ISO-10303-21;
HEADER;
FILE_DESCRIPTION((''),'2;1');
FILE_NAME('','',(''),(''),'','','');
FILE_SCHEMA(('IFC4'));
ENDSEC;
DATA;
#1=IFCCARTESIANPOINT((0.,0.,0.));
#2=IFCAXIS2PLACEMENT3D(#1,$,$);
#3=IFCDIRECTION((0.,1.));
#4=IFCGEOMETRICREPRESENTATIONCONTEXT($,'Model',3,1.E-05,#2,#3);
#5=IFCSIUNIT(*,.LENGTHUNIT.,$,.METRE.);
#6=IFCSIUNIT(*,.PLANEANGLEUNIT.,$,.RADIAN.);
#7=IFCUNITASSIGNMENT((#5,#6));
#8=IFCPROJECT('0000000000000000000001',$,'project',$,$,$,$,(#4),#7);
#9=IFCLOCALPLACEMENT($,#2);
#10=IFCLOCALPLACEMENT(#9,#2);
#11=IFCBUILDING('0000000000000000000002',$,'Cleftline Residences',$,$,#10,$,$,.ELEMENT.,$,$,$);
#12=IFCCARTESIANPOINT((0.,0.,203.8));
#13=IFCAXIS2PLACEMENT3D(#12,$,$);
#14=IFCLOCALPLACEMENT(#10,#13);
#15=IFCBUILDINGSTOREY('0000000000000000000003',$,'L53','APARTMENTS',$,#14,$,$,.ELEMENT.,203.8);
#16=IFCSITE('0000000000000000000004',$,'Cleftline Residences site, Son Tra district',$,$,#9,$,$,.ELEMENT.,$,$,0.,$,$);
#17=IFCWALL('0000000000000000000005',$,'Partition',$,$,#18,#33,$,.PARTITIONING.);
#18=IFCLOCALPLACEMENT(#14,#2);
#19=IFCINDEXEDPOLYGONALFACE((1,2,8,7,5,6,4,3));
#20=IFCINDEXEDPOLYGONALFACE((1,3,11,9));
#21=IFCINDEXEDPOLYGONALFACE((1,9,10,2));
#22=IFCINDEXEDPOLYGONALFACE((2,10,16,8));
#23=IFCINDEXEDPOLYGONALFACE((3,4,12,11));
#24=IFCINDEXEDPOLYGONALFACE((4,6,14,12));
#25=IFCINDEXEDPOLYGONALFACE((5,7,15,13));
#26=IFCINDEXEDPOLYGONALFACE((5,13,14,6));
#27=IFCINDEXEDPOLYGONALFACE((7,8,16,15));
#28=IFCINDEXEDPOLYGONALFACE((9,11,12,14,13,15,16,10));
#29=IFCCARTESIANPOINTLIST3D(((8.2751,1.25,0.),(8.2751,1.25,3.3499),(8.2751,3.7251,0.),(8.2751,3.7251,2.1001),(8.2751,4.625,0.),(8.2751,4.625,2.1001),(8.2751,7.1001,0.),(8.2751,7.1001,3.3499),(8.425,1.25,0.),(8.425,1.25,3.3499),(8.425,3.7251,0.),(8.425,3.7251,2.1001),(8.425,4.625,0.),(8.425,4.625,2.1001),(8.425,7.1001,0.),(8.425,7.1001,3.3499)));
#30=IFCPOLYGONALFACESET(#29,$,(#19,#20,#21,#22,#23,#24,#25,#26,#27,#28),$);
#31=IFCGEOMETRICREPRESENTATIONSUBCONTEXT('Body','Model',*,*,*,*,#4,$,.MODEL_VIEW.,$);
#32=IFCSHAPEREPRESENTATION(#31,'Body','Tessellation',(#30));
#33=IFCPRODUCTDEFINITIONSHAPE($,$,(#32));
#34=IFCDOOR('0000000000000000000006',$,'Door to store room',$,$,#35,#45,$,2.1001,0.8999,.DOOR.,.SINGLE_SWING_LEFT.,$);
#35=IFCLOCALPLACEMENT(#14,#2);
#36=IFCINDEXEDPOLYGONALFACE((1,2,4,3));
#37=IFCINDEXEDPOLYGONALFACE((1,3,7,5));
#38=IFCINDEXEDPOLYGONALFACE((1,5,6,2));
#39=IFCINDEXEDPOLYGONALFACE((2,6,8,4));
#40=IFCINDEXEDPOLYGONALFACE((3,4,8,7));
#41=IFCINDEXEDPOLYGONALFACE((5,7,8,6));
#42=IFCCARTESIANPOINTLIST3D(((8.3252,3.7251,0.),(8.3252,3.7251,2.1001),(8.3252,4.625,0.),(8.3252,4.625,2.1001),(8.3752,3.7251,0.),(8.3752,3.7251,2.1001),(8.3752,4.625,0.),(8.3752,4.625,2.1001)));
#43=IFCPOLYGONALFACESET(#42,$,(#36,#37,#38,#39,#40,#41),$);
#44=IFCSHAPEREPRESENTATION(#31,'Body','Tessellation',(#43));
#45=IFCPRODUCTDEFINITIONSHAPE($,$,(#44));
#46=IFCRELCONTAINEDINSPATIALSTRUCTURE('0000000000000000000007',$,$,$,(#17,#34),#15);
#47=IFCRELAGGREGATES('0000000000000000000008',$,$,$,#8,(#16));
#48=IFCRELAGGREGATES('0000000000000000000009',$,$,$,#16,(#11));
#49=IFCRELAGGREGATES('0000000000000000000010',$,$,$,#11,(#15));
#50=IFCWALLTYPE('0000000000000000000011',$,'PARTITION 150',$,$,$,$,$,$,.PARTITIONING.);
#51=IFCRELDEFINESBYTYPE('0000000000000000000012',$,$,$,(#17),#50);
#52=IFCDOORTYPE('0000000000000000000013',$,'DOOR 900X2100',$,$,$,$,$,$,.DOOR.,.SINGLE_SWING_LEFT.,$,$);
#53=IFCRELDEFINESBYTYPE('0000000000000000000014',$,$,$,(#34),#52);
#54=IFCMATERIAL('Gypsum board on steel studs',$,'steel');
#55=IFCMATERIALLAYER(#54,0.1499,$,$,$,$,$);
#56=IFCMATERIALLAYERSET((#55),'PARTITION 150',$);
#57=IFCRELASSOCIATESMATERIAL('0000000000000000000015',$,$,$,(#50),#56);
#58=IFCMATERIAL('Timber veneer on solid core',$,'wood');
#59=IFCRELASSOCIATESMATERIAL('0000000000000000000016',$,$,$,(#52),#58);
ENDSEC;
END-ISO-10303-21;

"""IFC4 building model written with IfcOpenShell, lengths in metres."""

from ifc_helpers import new_model, si_unit, direction, frame, frame_2d, origin, place, context, subcontext, project, spatial, rectangle, extrude, material, layer, layer_set, type_object, element, fill, save


model = new_model("IFC4")

# Units and contexts
model_context = context("Model", 3, precision=1e-05, world=origin(), true_north=direction((0.0, 1.0)))
body_context = subcontext(model_context, "Body", "Model", "MODEL_VIEW")
ifc_project = project(units=[si_unit("LENGTHUNIT", "METRE"), si_unit("PLANEANGLEUNIT", "RADIAN")], contexts=[model_context])

# Site, building, storey
site_placement = place(None, origin())
site = spatial("IfcSite", under=ifc_project, at=site_placement, Name="Cleftline Residences site, Son Tra district", CompositionType="ELEMENT", RefElevation=0.0)
building_placement = place(site_placement, origin())
building = spatial("IfcBuilding", under=site, at=building_placement, Name="Cleftline Residences", CompositionType="ELEMENT")
storey_placement = place(building_placement, frame((0.0, 0.0, 203.8)))
storey = spatial("IfcBuildingStorey", under=building, at=storey_placement, Name="L53", Description="APARTMENTS", CompositionType="ELEMENT", Elevation=203.8)

# Wall, opening, door
ifc_material_1 = material(Name="Gypsum board on steel studs", Category="steel")
ifc_layer_1 = layer(ifc_material_1, 0.1499)
ifc_layer_set_1 = layer_set([ifc_layer_1], Name="PARTITION 150")
wall_type_1 = type_object("IfcWallType", Name="PARTITION 150", PredefinedType="PARTITIONING", material=ifc_layer_set_1)
wall_1_placement = place(storey_placement, frame((8.3501, 1.25, 0.0), z_axis=(0.0, 0.0, 1.0), x_axis=(0.0, 1.0, 0.0)))
wall_1 = element("IfcWall", 1, at=wall_1_placement, inside=storey, type_object=wall_type_1, Name="Partition", PredefinedType="PARTITIONING", context=body_context, shape_type="SweptSolid", body=[
    extrude(rectangle(XDim=5.8501, YDim=0.1499, at=frame_2d((2.925, 0.0))), origin(), (0.0, 0.0, 1.0), 3.3499),
])
opening_1_placement = place(wall_1_placement, frame((2.4751, 0.0, 0.0)))
opening_1 = element("IfcOpeningElement", 2, at=opening_1_placement, cuts=wall_1, PredefinedType="OPENING", context=body_context, shape_type="SweptSolid", body=[
    extrude(rectangle(XDim=0.8999, YDim=2.1001, at=frame_2d((0.45, 1.05))), frame((0.0, 0.085, 0.0), z_axis=(0.0, -1.0, 0.0), x_axis=(1.0, 0.0, 0.0)), (0.0, 0.0, 1.0), 0.1699),
])
ifc_material_2 = material(Name="Timber veneer on solid core", Category="wood")
door_type_1 = type_object("IfcDoorType", Name="DOOR 900X2100", OperationType="SINGLE_SWING_LEFT", PredefinedType="DOOR", material=ifc_material_2)
door_1_placement = place(opening_1_placement, origin())
door_1 = element("IfcDoor", 3, at=door_1_placement, inside=storey, type_object=door_type_1, Name="Door to store room", OperationType="SINGLE_SWING_LEFT", OverallHeight=2.1001, OverallWidth=0.8999, PredefinedType="DOOR", context=body_context, shape_type="SweptSolid", body=[
    extrude(rectangle(XDim=0.8999, YDim=2.1001, at=frame_2d((0.45, 1.05))), frame((0.0, 0.0249, 0.0), z_axis=(0.0, -1.0, 0.0), x_axis=(1.0, 0.0, 0.0)), (0.0, 0.0, 1.0), 0.05),
])
fill(opening_1, door_1)

save(model, "model.ifc")
